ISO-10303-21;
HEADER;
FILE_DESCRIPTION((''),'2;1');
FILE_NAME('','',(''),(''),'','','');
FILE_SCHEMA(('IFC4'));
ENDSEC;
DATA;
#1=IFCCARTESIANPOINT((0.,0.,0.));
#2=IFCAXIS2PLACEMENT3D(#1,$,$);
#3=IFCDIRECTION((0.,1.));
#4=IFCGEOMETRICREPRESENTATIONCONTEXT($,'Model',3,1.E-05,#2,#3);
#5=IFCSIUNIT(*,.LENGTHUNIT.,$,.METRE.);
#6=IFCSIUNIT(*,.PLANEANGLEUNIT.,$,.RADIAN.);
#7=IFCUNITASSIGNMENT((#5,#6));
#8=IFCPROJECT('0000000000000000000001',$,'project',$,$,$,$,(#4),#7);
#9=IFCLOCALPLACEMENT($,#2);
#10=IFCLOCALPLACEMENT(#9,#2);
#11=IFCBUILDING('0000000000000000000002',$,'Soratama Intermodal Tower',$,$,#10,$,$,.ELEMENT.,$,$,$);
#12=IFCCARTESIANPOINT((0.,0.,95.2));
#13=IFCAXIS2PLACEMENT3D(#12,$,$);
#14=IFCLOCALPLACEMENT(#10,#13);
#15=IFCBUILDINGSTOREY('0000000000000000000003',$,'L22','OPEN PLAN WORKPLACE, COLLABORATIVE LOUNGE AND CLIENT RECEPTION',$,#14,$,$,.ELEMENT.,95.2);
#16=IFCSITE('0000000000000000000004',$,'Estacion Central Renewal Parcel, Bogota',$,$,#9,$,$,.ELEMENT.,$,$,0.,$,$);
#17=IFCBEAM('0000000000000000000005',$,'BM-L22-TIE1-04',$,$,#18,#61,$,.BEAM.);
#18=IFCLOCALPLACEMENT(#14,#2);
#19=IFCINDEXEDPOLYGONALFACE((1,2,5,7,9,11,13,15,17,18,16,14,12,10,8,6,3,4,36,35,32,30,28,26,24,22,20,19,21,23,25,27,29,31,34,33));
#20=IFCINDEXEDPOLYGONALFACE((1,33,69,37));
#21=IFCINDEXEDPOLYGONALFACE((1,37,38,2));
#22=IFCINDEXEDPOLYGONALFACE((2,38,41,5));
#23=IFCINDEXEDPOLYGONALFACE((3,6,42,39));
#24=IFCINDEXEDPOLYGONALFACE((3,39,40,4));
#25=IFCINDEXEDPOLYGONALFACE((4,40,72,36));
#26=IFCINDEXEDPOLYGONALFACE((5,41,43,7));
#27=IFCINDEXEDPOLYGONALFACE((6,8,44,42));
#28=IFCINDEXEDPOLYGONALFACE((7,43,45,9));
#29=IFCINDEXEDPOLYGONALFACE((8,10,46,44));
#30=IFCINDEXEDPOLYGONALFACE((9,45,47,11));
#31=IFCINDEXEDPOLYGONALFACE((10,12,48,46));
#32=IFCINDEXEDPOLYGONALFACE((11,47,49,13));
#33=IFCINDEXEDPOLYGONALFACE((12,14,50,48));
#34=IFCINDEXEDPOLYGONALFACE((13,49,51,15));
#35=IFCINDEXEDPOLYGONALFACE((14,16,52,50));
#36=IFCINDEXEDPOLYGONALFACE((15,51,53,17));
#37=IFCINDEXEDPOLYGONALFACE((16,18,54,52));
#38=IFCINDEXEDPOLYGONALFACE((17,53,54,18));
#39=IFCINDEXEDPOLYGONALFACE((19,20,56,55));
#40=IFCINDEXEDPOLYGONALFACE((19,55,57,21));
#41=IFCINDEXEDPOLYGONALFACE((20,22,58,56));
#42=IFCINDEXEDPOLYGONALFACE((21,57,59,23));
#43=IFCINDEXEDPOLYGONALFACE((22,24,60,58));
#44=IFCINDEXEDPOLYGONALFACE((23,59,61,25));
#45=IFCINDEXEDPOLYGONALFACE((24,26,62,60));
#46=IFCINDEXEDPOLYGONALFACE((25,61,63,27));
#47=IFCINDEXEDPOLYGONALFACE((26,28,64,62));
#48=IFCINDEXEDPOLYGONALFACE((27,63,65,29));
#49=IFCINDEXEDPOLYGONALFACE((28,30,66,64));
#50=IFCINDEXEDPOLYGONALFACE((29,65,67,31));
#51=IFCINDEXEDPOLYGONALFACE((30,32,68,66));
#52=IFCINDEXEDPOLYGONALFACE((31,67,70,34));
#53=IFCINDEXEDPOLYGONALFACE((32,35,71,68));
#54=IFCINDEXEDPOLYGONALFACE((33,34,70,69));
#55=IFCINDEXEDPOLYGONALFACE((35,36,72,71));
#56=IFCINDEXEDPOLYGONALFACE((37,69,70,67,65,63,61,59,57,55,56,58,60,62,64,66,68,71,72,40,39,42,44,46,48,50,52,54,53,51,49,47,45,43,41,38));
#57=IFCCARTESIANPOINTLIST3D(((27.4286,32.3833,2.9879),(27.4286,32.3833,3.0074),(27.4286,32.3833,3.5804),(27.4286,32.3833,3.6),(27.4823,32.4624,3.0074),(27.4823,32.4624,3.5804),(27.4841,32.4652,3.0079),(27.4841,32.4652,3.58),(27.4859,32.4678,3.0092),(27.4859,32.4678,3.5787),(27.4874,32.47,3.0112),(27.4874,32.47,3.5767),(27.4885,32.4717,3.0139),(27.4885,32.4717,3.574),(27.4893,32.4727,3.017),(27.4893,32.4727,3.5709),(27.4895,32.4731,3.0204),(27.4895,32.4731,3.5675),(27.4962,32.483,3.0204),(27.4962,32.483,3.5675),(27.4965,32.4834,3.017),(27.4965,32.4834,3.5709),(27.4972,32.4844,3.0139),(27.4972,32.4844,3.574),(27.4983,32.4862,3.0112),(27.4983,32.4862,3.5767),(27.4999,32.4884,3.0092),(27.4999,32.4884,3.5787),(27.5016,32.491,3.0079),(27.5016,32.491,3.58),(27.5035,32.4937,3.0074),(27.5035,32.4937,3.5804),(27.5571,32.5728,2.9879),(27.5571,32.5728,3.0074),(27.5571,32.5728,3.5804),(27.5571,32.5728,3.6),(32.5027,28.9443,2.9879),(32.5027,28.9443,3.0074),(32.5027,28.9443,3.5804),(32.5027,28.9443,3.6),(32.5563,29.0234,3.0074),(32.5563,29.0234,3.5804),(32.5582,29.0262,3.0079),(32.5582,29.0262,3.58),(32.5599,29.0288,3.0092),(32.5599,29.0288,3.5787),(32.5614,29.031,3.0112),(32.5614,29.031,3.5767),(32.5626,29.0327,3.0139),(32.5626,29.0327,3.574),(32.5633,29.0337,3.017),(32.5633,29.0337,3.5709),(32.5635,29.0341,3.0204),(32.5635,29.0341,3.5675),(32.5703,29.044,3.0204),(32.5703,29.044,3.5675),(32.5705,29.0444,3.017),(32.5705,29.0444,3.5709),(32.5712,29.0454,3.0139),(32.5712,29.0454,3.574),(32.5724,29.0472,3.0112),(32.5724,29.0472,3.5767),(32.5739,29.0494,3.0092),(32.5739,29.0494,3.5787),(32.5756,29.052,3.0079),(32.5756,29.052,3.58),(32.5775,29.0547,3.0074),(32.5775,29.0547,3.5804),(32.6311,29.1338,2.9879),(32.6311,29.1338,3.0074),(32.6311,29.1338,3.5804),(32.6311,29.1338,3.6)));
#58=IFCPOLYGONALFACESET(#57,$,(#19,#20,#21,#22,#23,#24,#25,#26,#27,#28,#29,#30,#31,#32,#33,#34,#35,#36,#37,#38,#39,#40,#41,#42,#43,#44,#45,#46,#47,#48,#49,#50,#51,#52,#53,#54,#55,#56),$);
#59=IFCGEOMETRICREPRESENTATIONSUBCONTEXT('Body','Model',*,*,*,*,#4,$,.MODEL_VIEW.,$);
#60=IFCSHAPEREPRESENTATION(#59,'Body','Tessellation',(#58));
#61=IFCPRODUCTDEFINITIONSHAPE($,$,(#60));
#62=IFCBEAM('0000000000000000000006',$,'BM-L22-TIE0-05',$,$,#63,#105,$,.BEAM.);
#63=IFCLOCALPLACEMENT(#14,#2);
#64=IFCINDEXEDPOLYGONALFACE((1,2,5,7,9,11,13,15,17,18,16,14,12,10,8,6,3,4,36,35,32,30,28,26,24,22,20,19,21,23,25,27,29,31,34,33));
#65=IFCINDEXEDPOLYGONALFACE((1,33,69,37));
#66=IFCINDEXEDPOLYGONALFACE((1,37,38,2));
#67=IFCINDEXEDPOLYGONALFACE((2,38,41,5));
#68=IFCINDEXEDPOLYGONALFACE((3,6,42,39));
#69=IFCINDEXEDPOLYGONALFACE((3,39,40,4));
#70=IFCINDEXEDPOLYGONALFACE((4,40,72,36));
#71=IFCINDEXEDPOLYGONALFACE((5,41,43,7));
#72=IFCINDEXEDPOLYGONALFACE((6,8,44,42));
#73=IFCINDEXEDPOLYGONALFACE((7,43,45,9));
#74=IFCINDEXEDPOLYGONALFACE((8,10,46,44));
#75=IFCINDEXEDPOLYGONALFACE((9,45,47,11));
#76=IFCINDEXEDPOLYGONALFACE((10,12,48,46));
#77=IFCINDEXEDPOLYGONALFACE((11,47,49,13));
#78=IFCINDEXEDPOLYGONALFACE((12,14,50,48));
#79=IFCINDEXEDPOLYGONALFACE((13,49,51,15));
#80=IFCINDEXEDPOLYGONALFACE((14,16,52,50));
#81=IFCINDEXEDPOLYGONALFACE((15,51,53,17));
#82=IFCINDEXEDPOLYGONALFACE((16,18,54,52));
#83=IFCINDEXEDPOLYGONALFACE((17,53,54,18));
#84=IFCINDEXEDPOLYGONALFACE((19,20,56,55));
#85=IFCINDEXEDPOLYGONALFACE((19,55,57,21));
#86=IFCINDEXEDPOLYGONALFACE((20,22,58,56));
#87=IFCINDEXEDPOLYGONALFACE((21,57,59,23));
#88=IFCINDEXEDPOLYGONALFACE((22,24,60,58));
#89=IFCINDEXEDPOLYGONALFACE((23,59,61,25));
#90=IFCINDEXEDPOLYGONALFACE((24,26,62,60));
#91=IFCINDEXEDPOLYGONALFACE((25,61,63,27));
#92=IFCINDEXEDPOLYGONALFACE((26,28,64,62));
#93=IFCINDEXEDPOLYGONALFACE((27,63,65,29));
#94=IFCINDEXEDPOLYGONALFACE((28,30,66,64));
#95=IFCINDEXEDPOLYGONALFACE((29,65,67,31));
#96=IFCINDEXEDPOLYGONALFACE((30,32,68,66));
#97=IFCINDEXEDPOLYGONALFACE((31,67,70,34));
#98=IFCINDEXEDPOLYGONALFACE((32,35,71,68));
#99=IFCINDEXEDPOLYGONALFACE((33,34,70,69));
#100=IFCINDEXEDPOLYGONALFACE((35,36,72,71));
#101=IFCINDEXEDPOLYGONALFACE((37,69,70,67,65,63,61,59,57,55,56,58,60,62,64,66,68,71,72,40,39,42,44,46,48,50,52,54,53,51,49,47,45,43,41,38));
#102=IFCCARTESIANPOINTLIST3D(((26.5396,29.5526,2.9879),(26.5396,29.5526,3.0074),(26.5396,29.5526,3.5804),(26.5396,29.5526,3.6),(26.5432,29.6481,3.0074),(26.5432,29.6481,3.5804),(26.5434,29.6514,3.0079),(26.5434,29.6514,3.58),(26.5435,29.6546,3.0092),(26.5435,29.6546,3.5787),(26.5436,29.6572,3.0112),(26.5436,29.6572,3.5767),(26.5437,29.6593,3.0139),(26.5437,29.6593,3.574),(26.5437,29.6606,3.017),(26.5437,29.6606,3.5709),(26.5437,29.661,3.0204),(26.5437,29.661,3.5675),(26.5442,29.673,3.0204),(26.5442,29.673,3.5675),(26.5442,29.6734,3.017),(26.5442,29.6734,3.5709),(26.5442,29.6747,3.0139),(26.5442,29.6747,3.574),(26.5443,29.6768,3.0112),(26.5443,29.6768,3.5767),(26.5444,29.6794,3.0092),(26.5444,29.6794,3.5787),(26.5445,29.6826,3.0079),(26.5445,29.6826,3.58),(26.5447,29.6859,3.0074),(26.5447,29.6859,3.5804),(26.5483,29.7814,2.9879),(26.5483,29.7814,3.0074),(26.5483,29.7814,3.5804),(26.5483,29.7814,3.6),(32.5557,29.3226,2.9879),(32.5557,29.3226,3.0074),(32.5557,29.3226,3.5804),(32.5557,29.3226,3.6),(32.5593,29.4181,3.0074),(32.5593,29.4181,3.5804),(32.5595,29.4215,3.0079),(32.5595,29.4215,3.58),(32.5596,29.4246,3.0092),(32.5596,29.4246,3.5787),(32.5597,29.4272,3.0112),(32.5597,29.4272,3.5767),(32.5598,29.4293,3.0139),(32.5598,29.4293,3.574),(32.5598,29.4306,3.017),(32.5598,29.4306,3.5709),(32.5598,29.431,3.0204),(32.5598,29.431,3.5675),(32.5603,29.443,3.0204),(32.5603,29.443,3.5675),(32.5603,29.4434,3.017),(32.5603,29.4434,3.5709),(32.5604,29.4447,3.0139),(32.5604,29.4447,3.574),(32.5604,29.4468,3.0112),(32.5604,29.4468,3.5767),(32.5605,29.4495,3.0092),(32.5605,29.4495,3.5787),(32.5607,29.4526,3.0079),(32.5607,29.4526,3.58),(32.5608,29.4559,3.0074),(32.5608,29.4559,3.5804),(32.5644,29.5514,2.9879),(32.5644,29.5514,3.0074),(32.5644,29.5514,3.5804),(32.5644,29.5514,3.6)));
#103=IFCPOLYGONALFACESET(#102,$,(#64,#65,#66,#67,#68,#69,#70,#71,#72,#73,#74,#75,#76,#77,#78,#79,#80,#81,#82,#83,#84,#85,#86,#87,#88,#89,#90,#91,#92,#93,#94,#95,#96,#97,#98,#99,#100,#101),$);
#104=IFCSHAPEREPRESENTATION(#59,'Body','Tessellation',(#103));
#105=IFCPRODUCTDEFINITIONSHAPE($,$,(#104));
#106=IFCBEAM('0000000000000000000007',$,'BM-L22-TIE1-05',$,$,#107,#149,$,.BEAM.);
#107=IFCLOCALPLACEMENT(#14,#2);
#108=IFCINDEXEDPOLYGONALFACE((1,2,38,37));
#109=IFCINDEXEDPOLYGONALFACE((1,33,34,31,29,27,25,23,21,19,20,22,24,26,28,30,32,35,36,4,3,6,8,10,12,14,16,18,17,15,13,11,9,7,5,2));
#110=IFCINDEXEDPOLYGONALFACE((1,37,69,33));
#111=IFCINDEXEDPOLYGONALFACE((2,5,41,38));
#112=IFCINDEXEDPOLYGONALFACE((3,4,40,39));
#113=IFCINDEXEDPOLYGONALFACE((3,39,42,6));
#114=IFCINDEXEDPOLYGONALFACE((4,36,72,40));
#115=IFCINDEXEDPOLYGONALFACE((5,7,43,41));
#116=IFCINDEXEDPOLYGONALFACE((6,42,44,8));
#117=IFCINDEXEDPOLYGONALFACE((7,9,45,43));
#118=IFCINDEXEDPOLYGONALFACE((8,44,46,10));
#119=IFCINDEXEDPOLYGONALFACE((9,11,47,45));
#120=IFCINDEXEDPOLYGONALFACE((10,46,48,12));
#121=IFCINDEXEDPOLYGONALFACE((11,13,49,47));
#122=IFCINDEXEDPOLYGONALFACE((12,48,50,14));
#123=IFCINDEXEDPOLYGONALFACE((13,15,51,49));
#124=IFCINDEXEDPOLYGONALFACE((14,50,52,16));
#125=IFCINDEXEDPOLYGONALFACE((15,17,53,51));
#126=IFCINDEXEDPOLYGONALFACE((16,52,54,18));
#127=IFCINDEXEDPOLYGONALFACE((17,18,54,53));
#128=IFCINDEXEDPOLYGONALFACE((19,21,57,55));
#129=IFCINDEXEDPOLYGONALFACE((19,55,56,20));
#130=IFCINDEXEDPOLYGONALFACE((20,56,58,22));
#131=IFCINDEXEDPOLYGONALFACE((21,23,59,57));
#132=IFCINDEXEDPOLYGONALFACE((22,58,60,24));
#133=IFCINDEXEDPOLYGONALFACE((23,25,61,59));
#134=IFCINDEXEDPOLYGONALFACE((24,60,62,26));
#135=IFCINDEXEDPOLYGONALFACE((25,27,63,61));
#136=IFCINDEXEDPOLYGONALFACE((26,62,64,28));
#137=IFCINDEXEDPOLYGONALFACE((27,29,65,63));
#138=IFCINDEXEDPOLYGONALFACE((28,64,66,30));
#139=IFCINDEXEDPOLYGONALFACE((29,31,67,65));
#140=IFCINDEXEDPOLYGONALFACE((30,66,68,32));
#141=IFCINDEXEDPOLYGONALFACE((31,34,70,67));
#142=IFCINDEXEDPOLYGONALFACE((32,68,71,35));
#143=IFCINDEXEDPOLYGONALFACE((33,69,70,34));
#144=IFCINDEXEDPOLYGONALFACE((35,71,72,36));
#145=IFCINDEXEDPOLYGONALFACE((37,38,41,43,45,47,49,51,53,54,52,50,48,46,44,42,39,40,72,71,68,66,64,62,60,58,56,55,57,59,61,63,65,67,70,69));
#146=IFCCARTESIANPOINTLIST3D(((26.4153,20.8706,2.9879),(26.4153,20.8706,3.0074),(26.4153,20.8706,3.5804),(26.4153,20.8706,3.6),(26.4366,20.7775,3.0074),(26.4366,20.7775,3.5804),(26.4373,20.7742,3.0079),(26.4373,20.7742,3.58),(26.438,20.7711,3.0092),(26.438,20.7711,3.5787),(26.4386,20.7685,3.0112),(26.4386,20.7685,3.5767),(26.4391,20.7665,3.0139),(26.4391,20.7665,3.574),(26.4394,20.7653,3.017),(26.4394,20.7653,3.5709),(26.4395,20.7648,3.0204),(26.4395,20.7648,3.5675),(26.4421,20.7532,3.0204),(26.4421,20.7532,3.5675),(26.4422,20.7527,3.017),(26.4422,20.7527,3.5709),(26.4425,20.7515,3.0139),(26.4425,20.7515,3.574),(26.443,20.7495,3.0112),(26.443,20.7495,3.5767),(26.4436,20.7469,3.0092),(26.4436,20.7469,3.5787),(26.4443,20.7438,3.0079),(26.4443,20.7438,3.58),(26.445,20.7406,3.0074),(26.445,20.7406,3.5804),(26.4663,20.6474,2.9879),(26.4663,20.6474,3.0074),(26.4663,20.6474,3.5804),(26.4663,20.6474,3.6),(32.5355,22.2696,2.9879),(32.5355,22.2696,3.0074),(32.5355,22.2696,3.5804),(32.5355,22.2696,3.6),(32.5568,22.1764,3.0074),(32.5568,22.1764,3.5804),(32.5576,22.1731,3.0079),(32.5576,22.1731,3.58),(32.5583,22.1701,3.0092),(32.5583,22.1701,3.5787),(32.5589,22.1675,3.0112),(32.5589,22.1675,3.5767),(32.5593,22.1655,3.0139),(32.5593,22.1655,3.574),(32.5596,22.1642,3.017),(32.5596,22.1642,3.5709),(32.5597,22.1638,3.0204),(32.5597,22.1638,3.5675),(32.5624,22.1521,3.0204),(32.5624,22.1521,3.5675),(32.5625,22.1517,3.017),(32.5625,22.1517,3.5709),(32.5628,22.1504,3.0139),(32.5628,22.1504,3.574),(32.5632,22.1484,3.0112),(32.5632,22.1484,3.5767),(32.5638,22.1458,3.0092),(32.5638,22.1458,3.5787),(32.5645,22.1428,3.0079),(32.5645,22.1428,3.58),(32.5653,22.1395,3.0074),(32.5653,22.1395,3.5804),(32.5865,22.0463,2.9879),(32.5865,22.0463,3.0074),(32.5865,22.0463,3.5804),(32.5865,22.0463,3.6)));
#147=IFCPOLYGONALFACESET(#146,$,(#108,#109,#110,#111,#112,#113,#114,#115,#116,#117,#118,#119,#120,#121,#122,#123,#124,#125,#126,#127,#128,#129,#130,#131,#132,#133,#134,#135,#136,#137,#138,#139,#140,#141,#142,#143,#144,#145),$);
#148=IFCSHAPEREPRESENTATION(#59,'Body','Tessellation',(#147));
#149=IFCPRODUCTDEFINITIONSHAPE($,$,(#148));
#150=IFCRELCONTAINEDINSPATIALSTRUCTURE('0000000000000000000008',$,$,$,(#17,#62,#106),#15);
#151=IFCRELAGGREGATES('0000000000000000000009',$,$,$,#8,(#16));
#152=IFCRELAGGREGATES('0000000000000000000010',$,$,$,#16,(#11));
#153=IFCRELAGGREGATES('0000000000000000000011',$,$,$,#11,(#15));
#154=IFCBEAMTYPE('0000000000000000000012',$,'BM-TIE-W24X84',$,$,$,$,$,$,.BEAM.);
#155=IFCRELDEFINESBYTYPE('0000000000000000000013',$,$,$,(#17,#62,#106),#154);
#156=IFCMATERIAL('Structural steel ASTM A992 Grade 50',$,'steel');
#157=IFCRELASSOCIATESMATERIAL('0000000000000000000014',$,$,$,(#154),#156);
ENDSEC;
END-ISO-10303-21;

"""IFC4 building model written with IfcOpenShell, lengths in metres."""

from ifc_helpers import new_model, si_unit, direction, frame, origin, origin_2d, place, context, subcontext, project, spatial, i_section, extrude, material, material_profile, profile_set, type_object, element, save


model = new_model("IFC4")

# Units and contexts
model_context = context("Model", 3, precision=1e-05, world=origin(), true_north=direction((0.0, 1.0)))
body_context = subcontext(model_context, "Body", "Model", "MODEL_VIEW")
ifc_project = project(units=[si_unit("LENGTHUNIT", "METRE"), si_unit("PLANEANGLEUNIT", "RADIAN")], contexts=[model_context])

# Site, building, storey
site_placement = place(None, origin())
site = spatial("IfcSite", under=ifc_project, at=site_placement, Name="Estacion Central Renewal Parcel, Bogota", CompositionType="ELEMENT", RefElevation=0.0)
building_placement = place(site_placement, origin())
building = spatial("IfcBuilding", under=site, at=building_placement, Name="Soratama Intermodal Tower", CompositionType="ELEMENT")
storey_placement = place(building_placement, frame((0.0, 0.0, 95.2)))
storey = spatial("IfcBuildingStorey", under=building, at=storey_placement, Name="L22", Description="OPEN PLAN WORKPLACE, COLLABORATIVE LOUNGE AND CLIENT RECEPTION", CompositionType="ELEMENT", Elevation=95.2)

# Beams
ifc_material_1 = material(Name="Structural steel ASTM A992 Grade 50", Category="steel")
ifc_material_profile_1 = material_profile(ifc_material_1, i_section(OverallWidth=0.229, OverallDepth=0.6121, WebThickness=0.012, FlangeThickness=0.0195, FilletRadius=0.0129, at=origin_2d()), Name="W24X84")
ifc_profile_set_1 = profile_set([ifc_material_profile_1], Name="Structural steel ASTM A992 Grade 50")
beam_type_1 = type_object("IfcBeamType", Name="BM-TIE-W24X84", PredefinedType="BEAM", material=ifc_profile_set_1)
beam_1_placement = place(storey_placement, frame((32.5669, 29.0391, 3.2939), z_axis=(-0.827786, 0.561045, 0.0), x_axis=(-0.561045, -0.827786, 0.0)))
element("IfcBeam", 1, at=beam_1_placement, inside=storey, type_object=beam_type_1, Name="BM-L22-TIE1-04", PredefinedType="BEAM", context=body_context, shape_type="SweptSolid", body=[
    extrude(i_section(OverallWidth=0.229, OverallDepth=0.6121, WebThickness=0.012, FlangeThickness=0.0195, FilletRadius=0.0129, at=origin_2d()), origin(), (0.0, 0.0, 1.0), 6.1296),
])
beam_2_placement = place(storey_placement, frame((32.5601, 29.437, 3.2939), z_axis=(-0.99927, 0.0382, 0.0), x_axis=(-0.0382, -0.99927, 0.0)))
element("IfcBeam", 2, at=beam_2_placement, inside=storey, type_object=beam_type_1, Name="BM-L22-TIE0-05", PredefinedType="BEAM", context=body_context, shape_type="SweptSolid", body=[
    extrude(i_section(OverallWidth=0.229, OverallDepth=0.6121, WebThickness=0.012, FlangeThickness=0.0195, FilletRadius=0.0129, at=origin_2d()), origin(), (0.0, 0.0, 1.0), 6.0205),
])
beam_3_placement = place(storey_placement, frame((32.561, 22.158, 3.2939), z_axis=(-0.974857, -0.222831, 0.0), x_axis=(0.222831, -0.974857, 0.0)))
element("IfcBeam", 3, at=beam_3_placement, inside=storey, type_object=beam_type_1, Name="BM-L22-TIE1-05", PredefinedType="BEAM", context=body_context, shape_type="SweptSolid", body=[
    extrude(i_section(OverallWidth=0.229, OverallDepth=0.6121, WebThickness=0.012, FlangeThickness=0.0195, FilletRadius=0.0129, at=origin_2d()), origin(), (0.0, 0.0, 1.0), 6.2781),
])

save(model, "model.ifc")
